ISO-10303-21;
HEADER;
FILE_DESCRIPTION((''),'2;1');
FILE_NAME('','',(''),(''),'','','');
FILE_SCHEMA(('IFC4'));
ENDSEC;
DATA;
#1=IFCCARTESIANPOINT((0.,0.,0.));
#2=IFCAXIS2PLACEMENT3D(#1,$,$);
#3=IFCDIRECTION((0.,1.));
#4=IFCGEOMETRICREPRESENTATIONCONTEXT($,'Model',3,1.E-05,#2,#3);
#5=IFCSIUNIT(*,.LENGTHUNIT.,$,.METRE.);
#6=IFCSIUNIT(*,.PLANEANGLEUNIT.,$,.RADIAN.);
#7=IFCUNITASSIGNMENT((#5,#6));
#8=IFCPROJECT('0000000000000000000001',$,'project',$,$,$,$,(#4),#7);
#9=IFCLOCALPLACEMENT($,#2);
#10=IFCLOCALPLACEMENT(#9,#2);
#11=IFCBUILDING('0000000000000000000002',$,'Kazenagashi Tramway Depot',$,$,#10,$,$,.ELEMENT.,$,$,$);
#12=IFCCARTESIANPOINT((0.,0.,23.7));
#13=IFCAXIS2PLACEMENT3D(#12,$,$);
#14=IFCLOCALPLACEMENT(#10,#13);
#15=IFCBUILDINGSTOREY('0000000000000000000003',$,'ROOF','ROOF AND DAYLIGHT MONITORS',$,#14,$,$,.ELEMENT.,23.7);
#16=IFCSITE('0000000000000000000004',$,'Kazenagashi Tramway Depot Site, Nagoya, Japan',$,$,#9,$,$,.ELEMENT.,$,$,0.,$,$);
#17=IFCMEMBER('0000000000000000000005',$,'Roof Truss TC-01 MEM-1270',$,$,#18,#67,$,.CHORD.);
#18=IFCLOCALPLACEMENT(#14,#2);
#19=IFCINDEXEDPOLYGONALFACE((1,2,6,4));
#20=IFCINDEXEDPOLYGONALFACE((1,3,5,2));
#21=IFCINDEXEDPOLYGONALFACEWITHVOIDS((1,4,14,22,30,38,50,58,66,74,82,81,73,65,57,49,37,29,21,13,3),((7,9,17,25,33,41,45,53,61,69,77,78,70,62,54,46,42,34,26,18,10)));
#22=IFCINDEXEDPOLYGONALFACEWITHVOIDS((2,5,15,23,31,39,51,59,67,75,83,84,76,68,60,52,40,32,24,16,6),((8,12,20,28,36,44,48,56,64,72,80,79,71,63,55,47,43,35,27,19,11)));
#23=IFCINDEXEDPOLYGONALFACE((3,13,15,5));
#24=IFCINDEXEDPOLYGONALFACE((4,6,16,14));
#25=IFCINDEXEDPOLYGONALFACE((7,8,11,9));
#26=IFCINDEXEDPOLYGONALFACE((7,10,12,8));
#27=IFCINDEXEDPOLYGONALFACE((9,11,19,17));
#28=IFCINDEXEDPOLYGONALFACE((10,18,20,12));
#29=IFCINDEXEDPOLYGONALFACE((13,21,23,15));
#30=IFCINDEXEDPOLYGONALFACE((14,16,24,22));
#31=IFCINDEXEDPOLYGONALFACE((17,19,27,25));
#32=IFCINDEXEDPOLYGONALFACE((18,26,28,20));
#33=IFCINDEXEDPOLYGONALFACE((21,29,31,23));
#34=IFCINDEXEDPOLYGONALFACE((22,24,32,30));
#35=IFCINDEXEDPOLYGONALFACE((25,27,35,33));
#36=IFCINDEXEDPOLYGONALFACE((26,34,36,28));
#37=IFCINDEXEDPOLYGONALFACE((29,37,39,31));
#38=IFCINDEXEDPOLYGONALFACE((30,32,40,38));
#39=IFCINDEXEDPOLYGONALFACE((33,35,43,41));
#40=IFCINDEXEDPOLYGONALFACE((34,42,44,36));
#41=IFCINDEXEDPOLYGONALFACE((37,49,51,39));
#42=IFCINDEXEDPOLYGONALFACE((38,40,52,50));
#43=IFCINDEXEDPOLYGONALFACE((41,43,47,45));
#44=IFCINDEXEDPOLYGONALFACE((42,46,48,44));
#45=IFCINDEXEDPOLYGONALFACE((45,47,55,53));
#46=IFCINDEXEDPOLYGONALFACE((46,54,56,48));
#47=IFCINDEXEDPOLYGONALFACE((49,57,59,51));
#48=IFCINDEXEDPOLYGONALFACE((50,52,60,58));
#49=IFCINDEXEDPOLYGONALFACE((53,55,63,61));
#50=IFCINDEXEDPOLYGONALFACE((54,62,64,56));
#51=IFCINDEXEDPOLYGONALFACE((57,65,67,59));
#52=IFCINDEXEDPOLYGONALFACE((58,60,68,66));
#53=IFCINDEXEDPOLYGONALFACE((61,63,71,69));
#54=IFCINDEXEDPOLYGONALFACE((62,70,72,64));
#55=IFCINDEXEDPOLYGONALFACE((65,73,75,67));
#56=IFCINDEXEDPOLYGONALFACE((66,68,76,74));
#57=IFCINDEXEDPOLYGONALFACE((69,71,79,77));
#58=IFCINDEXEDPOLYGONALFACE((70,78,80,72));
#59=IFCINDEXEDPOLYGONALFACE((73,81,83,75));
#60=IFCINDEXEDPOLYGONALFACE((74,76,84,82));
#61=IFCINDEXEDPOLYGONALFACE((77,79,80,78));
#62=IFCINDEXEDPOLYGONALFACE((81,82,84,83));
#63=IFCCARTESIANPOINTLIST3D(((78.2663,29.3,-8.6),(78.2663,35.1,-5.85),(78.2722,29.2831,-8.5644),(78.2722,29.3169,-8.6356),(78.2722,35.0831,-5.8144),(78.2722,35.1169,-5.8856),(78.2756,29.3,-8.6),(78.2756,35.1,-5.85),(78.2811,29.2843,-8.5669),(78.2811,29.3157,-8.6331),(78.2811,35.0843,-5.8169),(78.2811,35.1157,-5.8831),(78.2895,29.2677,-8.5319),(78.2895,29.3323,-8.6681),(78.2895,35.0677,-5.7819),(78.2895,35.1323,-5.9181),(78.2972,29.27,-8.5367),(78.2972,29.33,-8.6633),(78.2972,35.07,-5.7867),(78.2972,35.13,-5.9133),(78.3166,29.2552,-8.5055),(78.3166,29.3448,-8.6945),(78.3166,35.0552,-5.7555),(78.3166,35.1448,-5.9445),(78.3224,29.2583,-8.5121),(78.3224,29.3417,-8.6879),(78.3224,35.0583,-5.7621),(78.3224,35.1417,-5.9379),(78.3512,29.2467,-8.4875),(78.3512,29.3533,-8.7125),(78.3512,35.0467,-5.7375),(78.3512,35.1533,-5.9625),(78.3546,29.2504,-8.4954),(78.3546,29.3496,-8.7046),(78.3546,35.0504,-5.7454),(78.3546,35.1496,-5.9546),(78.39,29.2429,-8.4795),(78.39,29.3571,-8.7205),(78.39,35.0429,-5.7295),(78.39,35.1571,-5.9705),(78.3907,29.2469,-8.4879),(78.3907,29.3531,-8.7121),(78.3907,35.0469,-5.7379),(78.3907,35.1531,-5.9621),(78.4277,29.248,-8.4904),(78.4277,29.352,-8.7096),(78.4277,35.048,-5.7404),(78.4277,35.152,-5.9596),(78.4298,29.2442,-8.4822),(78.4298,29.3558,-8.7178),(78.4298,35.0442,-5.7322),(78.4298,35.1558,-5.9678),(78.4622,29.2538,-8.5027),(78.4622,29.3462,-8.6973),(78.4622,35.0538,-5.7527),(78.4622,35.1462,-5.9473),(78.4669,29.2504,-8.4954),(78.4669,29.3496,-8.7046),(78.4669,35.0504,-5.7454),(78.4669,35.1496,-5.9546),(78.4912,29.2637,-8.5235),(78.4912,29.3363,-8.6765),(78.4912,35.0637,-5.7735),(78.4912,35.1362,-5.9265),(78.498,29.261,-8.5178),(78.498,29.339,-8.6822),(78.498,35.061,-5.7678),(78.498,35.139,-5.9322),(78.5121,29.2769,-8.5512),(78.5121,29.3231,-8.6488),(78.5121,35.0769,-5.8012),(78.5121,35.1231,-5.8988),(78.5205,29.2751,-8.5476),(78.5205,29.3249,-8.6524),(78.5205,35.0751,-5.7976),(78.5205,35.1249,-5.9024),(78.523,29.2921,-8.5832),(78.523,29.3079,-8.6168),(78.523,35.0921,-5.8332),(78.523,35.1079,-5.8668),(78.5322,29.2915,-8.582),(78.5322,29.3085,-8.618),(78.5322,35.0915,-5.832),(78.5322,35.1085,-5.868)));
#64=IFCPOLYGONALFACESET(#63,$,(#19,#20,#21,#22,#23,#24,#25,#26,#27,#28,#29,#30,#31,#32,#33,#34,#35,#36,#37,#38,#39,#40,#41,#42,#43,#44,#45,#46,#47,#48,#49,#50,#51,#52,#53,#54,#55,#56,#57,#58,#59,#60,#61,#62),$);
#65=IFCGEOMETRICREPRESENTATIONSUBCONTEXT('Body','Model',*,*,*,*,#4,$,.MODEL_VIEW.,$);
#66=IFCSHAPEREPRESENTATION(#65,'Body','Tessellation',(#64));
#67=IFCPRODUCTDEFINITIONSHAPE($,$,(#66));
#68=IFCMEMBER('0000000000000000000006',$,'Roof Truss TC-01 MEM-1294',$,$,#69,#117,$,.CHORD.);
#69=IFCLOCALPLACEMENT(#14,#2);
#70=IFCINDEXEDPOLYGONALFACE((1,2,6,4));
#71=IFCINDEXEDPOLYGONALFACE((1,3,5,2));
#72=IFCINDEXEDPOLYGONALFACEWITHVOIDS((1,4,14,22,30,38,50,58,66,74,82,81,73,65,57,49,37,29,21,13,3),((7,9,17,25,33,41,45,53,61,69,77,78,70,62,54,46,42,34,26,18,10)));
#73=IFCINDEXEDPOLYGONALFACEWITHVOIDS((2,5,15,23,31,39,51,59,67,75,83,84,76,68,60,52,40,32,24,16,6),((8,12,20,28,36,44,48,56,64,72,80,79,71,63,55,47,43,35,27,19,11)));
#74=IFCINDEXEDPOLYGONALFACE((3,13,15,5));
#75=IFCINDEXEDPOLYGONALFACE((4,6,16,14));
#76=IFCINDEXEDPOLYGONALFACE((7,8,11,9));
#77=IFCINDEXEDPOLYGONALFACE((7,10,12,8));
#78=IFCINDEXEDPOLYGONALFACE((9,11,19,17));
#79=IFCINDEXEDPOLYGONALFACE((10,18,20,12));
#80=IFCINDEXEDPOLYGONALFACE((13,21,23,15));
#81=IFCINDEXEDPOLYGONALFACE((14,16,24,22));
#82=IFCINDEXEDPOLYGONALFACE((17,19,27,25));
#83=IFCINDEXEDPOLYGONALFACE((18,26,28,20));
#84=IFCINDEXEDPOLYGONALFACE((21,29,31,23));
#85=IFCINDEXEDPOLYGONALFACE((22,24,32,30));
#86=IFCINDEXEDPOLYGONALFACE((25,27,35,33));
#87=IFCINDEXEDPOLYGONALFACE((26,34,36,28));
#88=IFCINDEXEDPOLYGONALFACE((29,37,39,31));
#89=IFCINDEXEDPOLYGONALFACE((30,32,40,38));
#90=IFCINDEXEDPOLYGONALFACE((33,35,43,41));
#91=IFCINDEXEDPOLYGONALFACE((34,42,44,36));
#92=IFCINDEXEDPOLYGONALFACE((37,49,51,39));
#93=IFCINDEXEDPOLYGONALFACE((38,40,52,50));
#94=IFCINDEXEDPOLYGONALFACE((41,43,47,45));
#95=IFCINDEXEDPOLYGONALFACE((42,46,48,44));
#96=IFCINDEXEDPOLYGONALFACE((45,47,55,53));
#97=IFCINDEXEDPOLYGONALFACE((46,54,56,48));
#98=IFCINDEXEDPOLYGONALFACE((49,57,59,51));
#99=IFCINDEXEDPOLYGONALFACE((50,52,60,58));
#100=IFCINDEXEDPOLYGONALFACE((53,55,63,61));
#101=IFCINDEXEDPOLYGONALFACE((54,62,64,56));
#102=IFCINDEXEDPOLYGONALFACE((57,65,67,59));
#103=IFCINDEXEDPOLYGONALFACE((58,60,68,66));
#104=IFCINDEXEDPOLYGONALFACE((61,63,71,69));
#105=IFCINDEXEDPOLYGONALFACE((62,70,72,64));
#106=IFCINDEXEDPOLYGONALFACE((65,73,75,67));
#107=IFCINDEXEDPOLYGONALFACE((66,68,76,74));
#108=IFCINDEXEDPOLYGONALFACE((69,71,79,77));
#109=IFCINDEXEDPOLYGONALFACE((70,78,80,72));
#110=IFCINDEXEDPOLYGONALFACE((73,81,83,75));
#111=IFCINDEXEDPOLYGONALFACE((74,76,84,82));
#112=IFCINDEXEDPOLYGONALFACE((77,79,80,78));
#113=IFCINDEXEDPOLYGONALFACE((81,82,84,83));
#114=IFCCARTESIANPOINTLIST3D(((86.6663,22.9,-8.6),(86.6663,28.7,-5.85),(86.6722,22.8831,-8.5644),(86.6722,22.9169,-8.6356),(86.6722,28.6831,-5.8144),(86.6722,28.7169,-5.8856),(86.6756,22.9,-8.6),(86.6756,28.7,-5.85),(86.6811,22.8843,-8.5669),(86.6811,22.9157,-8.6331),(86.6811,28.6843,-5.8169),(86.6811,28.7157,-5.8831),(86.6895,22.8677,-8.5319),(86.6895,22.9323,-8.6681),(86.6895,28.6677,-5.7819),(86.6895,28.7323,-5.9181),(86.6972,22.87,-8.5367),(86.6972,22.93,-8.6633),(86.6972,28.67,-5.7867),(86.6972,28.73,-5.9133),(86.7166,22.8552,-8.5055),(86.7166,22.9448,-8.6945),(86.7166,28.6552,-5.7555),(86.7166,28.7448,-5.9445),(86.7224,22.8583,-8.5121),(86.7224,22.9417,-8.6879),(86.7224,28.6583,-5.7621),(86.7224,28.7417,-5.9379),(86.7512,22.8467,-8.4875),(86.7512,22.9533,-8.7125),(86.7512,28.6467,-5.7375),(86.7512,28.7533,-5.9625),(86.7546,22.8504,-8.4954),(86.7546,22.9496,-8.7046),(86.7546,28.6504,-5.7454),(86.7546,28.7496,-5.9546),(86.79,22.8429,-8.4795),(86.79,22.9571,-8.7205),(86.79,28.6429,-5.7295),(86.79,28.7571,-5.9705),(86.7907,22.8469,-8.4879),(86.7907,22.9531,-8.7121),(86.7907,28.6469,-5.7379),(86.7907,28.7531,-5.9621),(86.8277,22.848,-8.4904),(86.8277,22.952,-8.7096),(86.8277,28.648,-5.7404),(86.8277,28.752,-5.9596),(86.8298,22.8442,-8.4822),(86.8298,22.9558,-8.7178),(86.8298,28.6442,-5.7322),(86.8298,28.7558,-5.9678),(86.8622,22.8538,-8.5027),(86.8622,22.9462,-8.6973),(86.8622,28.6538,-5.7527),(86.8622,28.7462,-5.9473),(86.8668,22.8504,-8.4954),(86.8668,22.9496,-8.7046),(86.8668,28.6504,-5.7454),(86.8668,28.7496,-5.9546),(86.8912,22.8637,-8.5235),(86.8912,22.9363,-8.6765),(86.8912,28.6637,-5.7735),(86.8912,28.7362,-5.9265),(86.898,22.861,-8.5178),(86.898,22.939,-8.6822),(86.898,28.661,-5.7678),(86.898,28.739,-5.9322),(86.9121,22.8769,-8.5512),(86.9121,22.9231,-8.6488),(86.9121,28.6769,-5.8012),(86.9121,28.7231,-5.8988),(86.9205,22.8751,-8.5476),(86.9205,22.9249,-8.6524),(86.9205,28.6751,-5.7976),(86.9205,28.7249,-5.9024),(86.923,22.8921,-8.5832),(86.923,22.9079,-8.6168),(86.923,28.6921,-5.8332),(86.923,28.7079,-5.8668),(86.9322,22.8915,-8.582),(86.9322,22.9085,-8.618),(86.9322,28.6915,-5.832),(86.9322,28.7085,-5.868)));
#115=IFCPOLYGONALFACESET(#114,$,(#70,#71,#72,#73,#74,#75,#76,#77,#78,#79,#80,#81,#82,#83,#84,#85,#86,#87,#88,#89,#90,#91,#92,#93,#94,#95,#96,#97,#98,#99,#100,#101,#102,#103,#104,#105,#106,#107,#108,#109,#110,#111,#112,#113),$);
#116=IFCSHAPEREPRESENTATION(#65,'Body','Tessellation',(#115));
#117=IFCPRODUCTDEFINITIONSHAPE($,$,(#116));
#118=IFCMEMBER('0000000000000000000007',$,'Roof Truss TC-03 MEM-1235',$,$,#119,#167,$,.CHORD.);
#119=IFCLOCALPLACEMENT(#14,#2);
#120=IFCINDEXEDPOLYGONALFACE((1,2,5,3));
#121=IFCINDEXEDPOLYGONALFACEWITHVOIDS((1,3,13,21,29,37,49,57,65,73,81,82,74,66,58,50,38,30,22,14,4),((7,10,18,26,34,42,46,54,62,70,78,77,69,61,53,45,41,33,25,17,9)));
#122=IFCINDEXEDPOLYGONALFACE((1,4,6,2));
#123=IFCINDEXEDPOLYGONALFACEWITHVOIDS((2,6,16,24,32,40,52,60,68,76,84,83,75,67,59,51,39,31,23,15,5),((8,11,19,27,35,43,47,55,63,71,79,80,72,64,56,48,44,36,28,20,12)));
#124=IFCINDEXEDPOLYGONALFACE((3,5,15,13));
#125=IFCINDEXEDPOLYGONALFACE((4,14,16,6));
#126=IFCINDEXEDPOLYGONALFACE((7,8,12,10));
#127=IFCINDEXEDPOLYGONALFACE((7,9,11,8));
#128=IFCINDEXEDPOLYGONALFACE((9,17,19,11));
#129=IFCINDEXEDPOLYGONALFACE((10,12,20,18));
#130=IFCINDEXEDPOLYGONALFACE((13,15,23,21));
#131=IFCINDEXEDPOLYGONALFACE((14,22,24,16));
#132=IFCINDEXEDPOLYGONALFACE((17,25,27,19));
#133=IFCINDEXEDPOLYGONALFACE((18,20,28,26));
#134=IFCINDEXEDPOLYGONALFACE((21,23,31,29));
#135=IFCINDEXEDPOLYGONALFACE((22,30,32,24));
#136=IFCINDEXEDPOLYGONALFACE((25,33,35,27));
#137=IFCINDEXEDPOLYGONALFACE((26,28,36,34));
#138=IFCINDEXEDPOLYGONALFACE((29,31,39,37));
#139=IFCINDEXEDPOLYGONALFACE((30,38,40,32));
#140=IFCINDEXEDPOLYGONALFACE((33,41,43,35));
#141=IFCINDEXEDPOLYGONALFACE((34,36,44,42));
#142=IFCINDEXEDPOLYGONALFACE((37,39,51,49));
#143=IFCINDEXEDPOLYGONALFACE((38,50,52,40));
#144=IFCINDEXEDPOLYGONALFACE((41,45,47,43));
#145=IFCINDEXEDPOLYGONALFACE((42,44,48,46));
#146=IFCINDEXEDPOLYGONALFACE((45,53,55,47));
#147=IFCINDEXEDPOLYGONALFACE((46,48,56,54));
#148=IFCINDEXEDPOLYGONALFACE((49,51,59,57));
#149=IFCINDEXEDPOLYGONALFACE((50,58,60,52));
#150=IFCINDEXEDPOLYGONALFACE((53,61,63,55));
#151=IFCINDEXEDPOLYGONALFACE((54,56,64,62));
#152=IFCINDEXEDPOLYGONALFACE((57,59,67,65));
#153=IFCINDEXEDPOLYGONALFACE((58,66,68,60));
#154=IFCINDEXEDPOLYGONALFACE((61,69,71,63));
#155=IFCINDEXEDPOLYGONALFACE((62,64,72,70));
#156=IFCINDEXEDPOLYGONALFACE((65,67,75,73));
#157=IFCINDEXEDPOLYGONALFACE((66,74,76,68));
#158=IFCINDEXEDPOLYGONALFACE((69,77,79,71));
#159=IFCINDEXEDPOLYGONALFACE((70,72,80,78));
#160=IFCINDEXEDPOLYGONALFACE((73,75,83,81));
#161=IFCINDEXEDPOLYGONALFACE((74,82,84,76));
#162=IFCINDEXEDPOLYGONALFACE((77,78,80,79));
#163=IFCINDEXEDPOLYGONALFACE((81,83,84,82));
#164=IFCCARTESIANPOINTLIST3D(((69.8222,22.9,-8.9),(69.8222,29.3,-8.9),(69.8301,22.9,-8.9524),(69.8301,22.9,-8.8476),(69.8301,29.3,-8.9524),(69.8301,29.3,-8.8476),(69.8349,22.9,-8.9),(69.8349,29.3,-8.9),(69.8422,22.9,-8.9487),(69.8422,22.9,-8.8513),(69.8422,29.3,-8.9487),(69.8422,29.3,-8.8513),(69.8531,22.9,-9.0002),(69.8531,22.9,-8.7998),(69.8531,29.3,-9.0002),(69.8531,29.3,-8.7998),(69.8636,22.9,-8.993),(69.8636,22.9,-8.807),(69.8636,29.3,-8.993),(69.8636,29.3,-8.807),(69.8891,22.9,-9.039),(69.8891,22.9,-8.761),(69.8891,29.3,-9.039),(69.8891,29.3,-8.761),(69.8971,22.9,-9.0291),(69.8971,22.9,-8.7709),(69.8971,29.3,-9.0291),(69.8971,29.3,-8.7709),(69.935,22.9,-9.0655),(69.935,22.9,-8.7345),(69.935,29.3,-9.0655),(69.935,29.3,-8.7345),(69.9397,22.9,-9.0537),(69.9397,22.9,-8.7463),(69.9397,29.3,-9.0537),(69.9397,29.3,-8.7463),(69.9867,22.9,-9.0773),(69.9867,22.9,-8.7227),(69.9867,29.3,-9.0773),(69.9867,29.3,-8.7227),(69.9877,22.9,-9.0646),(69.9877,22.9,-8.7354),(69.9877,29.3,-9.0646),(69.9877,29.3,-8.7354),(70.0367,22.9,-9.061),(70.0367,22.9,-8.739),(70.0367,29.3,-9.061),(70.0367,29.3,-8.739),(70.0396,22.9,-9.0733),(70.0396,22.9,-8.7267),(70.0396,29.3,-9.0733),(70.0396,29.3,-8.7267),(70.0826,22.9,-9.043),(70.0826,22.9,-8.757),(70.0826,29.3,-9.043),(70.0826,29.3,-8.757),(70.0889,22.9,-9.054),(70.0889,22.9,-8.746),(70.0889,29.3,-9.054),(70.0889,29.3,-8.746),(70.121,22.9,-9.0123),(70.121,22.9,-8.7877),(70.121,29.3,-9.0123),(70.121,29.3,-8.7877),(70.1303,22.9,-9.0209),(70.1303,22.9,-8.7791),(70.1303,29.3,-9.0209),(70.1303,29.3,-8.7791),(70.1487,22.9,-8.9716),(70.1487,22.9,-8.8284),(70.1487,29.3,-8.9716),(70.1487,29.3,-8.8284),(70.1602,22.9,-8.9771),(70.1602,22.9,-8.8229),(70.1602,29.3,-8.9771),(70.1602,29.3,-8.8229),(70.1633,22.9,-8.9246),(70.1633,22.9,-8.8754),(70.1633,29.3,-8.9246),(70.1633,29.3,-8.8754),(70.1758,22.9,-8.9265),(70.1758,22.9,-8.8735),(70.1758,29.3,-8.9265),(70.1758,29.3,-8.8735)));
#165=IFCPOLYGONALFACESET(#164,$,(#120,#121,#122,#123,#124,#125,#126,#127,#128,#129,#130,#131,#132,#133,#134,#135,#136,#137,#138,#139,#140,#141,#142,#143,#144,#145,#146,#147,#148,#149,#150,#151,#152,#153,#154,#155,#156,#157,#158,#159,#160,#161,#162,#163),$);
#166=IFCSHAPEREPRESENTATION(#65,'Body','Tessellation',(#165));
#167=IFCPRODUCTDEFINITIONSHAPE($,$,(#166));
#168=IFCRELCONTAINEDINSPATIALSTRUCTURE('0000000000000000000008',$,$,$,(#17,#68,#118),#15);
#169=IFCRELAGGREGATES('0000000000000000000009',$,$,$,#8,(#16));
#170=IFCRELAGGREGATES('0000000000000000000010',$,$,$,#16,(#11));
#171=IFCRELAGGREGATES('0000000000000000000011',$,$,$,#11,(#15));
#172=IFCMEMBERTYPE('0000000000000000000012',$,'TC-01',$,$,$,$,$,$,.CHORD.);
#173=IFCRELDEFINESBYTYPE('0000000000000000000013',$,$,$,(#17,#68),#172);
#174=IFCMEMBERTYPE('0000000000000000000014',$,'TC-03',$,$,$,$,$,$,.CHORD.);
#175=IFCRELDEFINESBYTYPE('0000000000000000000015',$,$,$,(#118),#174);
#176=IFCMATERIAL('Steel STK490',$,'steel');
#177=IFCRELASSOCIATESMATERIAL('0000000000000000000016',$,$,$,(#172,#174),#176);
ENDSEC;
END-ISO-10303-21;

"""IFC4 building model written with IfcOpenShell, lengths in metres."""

from ifc_helpers import new_model, si_unit, direction, frame, origin, origin_2d, place, context, subcontext, project, spatial, hollow_circle, extrude, material, material_profile, profile_set, type_object, element, save


model = new_model("IFC4")

# Units and contexts
model_context = context("Model", 3, precision=1e-05, world=origin(), true_north=direction((0.0, 1.0)))
body_context = subcontext(model_context, "Body", "Model", "MODEL_VIEW")
ifc_project = project(units=[si_unit("LENGTHUNIT", "METRE"), si_unit("PLANEANGLEUNIT", "RADIAN")], contexts=[model_context])

# Site, building, storey
site_placement = place(None, origin())
site = spatial("IfcSite", under=ifc_project, at=site_placement, Name="Kazenagashi Tramway Depot Site, Nagoya, Japan", CompositionType="ELEMENT", RefElevation=0.0)
building_placement = place(site_placement, origin())
building = spatial("IfcBuilding", under=site, at=building_placement, Name="Kazenagashi Tramway Depot", CompositionType="ELEMENT")
storey_placement = place(building_placement, frame((0.0, 0.0, 23.7)))
storey = spatial("IfcBuildingStorey", under=building, at=storey_placement, Name="ROOF", Description="ROOF AND DAYLIGHT MONITORS", CompositionType="ELEMENT", Elevation=23.7)

# Members
ifc_material_1 = material(Name="Steel STK490", Category="steel")
ifc_material_profile_1 = material_profile(ifc_material_1, hollow_circle(Radius=0.1337, WallThickness=0.0093, at=origin_2d()), Name="CHS-267.4x9.3")
ifc_profile_set_1 = profile_set([ifc_material_profile_1], Name="Steel STK490")
member_type_1 = type_object("IfcMemberType", Name="TC-01", PredefinedType="CHORD", material=ifc_profile_set_1)
for number, where, z_axis, x_axis, name in (
    (1, (78.4, 29.3, -8.6), (0.0, 0.903579, 0.428421), (-1.0, 0.0, 0.0), "Roof Truss TC-01 MEM-1270"),
    (2, (86.8, 22.9, -8.6), (0.0, 0.903579, 0.428421), (-1.0, 0.0, 0.0), "Roof Truss TC-01 MEM-1294"),
):
    element("IfcMember", number, at=place(storey_placement, frame(where, z_axis=z_axis, x_axis=x_axis)), inside=storey, type_object=member_type_1, Name=name, PredefinedType="CHORD", context=body_context, shape_type="SweptSolid", body=[
        extrude(hollow_circle(Radius=0.1337, WallThickness=0.0093, at=origin_2d()), origin(), (0.0, 0.0, 1.0), 6.4189),
    ])
ifc_material_profile_2 = material_profile(ifc_material_1, hollow_circle(Radius=0.1778, WallThickness=0.0127, at=origin_2d()), Name="CHS-355.6x12.7")
ifc_profile_set_2 = profile_set([ifc_material_profile_2], Name="Steel STK490")
member_type_2 = type_object("IfcMemberType", Name="TC-03", PredefinedType="CHORD", material=ifc_profile_set_2)
for number, where, z_axis, x_axis, name in (
    (3, (70.0, 22.9, -8.9), (0.0, 1.0, 0.0), (-1.0, 0.0, 0.0), "Roof Truss TC-03 MEM-1235"),
):
    element("IfcMember", number, at=place(storey_placement, frame(where, z_axis=z_axis, x_axis=x_axis)), inside=storey, type_object=member_type_2, Name=name, PredefinedType="CHORD", context=body_context, shape_type="SweptSolid", body=[
        extrude(hollow_circle(Radius=0.1778, WallThickness=0.0127, at=origin_2d()), origin(), (0.0, 0.0, 1.0), 6.4),
    ])

save(model, "model.ifc")
